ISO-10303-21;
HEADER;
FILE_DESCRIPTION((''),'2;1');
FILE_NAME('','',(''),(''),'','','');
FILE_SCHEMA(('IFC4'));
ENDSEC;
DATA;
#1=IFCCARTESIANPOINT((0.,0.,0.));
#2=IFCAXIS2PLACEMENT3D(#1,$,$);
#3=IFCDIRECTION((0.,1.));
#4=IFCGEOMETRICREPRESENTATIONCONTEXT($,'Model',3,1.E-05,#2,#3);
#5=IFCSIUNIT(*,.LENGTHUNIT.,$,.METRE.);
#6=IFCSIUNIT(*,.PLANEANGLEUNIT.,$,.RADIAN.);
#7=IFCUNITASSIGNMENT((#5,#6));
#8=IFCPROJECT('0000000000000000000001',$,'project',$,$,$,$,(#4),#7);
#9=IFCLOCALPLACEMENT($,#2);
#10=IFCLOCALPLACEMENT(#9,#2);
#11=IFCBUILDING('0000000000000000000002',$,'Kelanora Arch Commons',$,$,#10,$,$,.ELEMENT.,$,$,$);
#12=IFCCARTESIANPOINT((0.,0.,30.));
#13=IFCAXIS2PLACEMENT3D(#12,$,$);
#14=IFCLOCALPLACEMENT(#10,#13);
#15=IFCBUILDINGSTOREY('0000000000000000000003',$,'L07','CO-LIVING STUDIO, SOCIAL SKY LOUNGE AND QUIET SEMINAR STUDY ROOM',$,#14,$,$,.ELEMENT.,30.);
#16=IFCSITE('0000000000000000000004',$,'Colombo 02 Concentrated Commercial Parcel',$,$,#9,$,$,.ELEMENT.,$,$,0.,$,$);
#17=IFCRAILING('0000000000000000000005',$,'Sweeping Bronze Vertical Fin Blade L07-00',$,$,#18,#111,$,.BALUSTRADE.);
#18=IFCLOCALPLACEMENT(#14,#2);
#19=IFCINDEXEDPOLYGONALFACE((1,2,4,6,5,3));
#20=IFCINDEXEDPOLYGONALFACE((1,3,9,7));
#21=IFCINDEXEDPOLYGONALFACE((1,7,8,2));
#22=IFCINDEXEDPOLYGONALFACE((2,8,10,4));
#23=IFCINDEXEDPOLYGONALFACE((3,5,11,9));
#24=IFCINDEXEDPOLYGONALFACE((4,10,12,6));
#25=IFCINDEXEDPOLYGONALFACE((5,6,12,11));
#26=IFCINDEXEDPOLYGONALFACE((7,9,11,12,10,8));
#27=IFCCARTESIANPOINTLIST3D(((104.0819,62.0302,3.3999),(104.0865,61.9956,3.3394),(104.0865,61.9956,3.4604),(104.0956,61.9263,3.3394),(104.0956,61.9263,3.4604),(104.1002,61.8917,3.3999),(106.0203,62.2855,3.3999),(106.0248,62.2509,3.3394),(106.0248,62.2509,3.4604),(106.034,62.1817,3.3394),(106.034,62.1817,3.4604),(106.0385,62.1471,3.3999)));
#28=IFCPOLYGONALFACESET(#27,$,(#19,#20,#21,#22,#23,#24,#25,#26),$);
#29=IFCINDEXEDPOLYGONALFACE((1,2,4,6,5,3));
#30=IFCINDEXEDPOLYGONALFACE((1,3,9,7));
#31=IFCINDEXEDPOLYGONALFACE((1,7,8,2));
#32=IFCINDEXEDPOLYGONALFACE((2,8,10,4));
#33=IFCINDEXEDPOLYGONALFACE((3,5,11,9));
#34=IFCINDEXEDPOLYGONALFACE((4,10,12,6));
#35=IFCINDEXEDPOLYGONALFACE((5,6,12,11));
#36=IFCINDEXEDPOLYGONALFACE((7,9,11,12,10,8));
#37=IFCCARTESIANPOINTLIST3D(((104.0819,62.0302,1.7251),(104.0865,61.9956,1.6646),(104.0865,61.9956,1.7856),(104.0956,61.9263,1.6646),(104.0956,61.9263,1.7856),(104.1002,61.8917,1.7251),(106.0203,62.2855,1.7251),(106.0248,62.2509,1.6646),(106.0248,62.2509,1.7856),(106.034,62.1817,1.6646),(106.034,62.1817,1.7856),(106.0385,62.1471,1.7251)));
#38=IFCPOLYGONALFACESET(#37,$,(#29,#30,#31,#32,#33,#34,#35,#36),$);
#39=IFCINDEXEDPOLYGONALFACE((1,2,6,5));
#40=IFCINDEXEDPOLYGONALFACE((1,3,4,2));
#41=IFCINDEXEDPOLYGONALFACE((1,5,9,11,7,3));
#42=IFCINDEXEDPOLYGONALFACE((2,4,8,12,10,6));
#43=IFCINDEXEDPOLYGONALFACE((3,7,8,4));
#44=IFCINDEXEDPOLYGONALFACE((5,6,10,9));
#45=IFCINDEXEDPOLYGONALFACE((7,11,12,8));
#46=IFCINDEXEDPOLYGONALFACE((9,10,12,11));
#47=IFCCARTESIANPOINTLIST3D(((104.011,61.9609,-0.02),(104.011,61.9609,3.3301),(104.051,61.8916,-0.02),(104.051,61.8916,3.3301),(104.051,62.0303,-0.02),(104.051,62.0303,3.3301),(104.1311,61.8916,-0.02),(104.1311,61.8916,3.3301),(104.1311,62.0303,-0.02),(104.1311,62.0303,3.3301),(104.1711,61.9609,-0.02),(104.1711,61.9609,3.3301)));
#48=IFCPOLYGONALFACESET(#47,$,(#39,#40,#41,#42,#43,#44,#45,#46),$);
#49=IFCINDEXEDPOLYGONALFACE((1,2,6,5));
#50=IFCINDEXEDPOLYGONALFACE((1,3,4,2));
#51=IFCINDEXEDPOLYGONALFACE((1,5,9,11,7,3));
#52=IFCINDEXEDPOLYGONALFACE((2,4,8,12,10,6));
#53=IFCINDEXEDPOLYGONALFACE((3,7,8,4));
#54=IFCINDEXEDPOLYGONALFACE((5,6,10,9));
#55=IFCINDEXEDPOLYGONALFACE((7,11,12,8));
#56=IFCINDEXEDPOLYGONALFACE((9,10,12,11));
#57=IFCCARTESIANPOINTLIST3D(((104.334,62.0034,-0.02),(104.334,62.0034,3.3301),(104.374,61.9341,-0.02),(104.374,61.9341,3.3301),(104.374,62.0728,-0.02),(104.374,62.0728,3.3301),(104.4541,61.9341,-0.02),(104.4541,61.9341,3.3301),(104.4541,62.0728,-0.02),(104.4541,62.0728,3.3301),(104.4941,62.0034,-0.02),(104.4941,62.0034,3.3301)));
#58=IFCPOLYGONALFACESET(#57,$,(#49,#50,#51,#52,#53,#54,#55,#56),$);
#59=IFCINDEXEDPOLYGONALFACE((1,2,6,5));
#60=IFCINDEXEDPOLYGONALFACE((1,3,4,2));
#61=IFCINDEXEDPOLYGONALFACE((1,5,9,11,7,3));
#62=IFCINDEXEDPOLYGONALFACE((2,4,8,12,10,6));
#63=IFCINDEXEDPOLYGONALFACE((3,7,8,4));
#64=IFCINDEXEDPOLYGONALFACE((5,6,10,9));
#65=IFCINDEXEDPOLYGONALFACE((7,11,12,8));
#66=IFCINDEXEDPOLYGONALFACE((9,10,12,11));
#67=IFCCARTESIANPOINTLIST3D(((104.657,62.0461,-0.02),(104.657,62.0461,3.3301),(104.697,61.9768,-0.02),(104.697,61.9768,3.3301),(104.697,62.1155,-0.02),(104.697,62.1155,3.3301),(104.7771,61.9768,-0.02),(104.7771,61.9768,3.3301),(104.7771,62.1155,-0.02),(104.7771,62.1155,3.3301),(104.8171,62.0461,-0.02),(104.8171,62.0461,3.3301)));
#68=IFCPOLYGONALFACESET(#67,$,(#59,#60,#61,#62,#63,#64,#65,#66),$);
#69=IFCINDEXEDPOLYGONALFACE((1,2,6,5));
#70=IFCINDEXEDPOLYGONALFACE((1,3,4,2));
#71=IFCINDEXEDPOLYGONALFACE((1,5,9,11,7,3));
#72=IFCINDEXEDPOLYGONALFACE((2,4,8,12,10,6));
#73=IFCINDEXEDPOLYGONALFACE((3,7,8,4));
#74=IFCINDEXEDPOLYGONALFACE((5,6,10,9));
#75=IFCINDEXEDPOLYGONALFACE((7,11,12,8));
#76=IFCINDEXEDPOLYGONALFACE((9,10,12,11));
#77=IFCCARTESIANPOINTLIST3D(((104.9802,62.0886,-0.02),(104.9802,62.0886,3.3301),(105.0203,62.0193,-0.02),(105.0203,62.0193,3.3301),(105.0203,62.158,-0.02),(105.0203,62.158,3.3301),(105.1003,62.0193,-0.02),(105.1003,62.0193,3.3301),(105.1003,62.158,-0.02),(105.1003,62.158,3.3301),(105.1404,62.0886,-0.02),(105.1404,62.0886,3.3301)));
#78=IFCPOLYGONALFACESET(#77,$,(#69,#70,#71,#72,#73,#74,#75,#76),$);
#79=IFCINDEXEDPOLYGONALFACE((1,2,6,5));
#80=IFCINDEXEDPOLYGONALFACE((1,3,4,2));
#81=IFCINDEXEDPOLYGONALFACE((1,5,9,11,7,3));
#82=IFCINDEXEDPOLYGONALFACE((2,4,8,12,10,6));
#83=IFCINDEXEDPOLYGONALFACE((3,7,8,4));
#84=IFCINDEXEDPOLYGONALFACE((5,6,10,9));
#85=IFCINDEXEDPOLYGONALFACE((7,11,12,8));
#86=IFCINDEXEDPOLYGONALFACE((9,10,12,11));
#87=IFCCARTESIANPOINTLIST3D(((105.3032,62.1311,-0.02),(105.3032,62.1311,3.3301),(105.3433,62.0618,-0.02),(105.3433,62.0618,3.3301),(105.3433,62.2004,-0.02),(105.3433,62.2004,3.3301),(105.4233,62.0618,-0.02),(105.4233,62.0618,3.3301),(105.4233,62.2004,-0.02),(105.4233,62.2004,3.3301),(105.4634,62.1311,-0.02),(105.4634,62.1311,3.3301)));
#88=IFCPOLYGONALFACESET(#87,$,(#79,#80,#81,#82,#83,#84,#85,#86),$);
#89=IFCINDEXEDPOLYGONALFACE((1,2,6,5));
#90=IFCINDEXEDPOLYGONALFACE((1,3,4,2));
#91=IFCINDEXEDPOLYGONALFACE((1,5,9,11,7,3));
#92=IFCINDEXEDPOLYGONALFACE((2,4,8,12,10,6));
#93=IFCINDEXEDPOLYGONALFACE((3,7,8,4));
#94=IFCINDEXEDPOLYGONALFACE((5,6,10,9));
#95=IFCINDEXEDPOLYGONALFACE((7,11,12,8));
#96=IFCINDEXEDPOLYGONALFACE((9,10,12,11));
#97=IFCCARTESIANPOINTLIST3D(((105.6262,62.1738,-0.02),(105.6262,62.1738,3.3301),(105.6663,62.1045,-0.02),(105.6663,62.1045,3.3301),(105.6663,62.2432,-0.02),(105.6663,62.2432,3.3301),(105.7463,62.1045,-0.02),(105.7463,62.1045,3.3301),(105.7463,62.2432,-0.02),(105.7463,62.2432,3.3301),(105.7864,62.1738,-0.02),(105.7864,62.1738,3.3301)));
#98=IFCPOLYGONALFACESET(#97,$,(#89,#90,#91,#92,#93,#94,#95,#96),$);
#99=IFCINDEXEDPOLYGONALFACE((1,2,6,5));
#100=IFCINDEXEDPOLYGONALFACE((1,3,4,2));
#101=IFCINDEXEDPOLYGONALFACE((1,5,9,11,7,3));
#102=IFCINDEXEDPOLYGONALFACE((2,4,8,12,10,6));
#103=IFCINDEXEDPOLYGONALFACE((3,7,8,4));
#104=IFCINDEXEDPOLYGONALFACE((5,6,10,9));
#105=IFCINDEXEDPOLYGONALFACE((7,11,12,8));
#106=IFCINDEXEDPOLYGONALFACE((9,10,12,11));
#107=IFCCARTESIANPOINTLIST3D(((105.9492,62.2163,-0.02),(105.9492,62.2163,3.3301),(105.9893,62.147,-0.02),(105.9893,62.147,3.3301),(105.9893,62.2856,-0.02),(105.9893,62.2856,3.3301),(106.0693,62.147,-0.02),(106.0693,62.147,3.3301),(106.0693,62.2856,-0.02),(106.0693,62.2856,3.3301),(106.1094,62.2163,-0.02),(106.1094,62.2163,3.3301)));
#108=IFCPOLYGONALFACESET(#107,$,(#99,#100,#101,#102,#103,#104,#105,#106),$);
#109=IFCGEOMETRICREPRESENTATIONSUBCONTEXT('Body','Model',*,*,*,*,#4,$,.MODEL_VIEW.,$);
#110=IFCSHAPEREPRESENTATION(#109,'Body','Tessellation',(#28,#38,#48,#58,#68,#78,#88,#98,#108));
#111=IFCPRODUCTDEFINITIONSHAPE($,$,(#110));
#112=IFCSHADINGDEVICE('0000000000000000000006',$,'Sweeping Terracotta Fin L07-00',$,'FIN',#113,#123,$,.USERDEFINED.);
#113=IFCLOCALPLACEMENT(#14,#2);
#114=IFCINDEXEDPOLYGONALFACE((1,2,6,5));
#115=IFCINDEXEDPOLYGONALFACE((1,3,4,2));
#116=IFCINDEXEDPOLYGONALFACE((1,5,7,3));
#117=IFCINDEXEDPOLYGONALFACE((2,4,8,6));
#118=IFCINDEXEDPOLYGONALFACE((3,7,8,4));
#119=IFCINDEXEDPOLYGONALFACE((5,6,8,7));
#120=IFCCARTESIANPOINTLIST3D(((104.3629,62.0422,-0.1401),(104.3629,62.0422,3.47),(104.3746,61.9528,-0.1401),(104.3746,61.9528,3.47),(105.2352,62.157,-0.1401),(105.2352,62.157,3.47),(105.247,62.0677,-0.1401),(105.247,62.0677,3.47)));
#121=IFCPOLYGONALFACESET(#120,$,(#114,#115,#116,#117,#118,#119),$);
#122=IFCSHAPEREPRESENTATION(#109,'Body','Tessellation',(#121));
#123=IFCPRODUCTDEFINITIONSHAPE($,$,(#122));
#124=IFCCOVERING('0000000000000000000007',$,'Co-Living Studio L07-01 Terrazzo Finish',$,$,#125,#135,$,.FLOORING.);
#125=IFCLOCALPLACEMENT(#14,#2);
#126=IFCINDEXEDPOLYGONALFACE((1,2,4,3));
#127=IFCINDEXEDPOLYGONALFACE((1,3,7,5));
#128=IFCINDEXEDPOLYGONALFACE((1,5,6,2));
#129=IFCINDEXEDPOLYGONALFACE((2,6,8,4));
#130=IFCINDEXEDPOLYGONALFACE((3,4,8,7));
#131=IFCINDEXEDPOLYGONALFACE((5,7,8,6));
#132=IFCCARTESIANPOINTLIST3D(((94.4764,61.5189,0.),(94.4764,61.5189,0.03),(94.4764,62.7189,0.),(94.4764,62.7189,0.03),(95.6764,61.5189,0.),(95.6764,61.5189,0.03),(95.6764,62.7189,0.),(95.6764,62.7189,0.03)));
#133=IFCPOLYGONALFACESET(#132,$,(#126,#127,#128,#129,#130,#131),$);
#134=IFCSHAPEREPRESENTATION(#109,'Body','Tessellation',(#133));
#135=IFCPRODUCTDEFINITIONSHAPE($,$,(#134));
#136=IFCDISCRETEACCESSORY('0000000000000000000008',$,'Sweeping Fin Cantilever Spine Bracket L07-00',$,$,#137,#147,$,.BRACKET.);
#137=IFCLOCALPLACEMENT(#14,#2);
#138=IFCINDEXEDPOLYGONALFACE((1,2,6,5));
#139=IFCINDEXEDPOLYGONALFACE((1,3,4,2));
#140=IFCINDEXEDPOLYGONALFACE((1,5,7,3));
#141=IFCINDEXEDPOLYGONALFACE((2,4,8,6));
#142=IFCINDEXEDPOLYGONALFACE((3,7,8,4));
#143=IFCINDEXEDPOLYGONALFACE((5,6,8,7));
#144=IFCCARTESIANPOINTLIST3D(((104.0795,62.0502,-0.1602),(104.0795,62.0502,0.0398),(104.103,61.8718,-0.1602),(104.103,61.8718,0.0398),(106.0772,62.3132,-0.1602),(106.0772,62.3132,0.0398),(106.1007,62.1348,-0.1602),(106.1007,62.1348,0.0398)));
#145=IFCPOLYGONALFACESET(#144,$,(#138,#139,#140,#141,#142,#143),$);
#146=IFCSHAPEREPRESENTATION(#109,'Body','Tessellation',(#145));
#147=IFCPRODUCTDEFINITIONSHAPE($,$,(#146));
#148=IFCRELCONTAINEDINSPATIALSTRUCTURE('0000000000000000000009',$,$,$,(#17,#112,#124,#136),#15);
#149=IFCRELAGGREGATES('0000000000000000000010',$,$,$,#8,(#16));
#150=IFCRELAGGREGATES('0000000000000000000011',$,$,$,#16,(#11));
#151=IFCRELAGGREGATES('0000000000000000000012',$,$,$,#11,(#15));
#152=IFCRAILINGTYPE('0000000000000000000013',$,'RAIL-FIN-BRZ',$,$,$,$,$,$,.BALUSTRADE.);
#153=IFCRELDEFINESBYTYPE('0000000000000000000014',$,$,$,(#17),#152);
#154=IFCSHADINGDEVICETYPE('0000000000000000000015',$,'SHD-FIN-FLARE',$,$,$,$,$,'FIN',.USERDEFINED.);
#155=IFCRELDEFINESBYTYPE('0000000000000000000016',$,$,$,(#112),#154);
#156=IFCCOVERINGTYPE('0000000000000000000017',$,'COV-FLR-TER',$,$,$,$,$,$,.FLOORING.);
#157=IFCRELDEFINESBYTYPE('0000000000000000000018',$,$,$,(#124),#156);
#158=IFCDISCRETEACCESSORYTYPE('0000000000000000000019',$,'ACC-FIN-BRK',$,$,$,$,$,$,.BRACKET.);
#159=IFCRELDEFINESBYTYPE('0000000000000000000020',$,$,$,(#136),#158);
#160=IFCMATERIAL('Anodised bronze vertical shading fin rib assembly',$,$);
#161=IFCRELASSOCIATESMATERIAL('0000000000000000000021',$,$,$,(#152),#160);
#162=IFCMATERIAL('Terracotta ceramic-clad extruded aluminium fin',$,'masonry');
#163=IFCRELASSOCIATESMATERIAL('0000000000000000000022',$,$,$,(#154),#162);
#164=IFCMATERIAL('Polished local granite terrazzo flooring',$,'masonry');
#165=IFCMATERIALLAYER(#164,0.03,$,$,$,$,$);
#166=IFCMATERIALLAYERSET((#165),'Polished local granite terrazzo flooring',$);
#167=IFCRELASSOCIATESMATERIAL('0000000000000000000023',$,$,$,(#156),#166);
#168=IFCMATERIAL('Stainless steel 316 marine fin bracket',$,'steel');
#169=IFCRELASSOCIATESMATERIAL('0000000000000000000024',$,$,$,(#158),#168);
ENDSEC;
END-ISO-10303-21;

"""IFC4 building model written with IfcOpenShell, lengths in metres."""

from ifc_helpers import new_model, si_unit, direction, frame, origin, origin_2d, place, context, subcontext, project, spatial, polyline, rectangle, outline, extrude, source, transform, mapped, material, layer, layer_set, type_object, element, save


model = new_model("IFC4")

# Units and contexts
model_context = context("Model", 3, precision=1e-05, world=origin(), true_north=direction((0.0, 1.0)))
body_context = subcontext(model_context, "Body", "Model", "MODEL_VIEW")
ifc_project = project(units=[si_unit("LENGTHUNIT", "METRE"), si_unit("PLANEANGLEUNIT", "RADIAN")], contexts=[model_context])

# Site, building, storey
site_placement = place(None, origin())
site = spatial("IfcSite", under=ifc_project, at=site_placement, Name="Colombo 02 Concentrated Commercial Parcel", CompositionType="ELEMENT", RefElevation=0.0)
building_placement = place(site_placement, origin())
building = spatial("IfcBuilding", under=site, at=building_placement, Name="Kelanora Arch Commons", CompositionType="ELEMENT")
storey_placement = place(building_placement, frame((0.0, 0.0, 30.0)))
storey = spatial("IfcBuildingStorey", under=building, at=storey_placement, Name="L07", Description="CO-LIVING STUDIO, SOCIAL SKY LOUNGE AND QUIET SEMINAR STUDY ROOM", CompositionType="ELEMENT", Elevation=30.0)

# Railing
ifc_material_1 = material(Name="Anodised bronze vertical shading fin rib assembly")
railing_type_1 = type_object("IfcRailingType", Name="RAIL-FIN-BRZ", PredefinedType="BALUSTRADE", material=ifc_material_1)
railing_1_placement = place(storey_placement, frame((104.0911, 61.9609, -0.02)))
element("IfcRailing", 1, at=railing_1_placement, inside=storey, type_object=railing_type_1, Name="Sweeping Bronze Vertical Fin Blade L07-00", PredefinedType="BALUSTRADE", context=body_context, shape_type="SweptSolid", body=[
    extrude(outline(polyline([(0.0698, 0.0), (0.0349, 0.0605), (-0.0349, 0.0605), (-0.0698, 0.0), (-0.0349, -0.0605), (0.0349, -0.0605), (0.0698, 0.0)])), frame((0.0, 0.0, 3.4199), z_axis=(0.991432, 0.130626, 0.0), x_axis=(-0.130626, 0.991432, 0.0)), (0.0, 0.0, 1.0), 1.9551),
    extrude(outline(polyline([(0.0698, 0.0), (0.0349, 0.0605), (-0.0349, 0.0605), (-0.0698, 0.0), (-0.0349, -0.0605), (0.0349, -0.0605), (0.0698, 0.0)])), frame((0.0, 0.0, 1.7451), z_axis=(0.991432, 0.130626, 0.0), x_axis=(-0.130626, 0.991432, 0.0)), (0.0, 0.0, 1.0), 1.9551),
    extrude(outline(polyline([(0.0801, 0.0), (0.04, 0.0693), (-0.04, 0.0693), (-0.0801, 0.0), (-0.04, -0.0693), (0.04, -0.0693), (0.0801, 0.0)])), origin(), (0.0, 0.0, 1.0), 3.3501),
    extrude(outline(polyline([(0.0801, 0.0), (0.04, 0.0693), (-0.04, 0.0693), (-0.0801, 0.0), (-0.04, -0.0693), (0.04, -0.0693), (0.0801, 0.0)])), frame((0.323, 0.0425, 0.0)), (0.0, 0.0, 1.0), 3.3501),
    extrude(outline(polyline([(0.0801, 0.0), (0.04, 0.0693), (-0.04, 0.0693), (-0.0801, 0.0), (-0.04, -0.0693), (0.04, -0.0693), (0.0801, 0.0)])), frame((0.646, 0.0852, 0.0)), (0.0, 0.0, 1.0), 3.3501),
    extrude(outline(polyline([(0.0801, 0.0), (0.04, 0.0693), (-0.04, 0.0693), (-0.0801, 0.0), (-0.04, -0.0693), (0.04, -0.0693), (0.0801, 0.0)])), frame((0.9692, 0.1277, 0.0)), (0.0, 0.0, 1.0), 3.3501),
    extrude(outline(polyline([(0.0801, 0.0), (0.04, 0.0693), (-0.04, 0.0693), (-0.0801, 0.0), (-0.04, -0.0693), (0.04, -0.0693), (0.0801, 0.0)])), frame((1.2922, 0.1702, 0.0)), (0.0, 0.0, 1.0), 3.3501),
    extrude(outline(polyline([(0.0801, 0.0), (0.04, 0.0693), (-0.04, 0.0693), (-0.0801, 0.0), (-0.04, -0.0693), (0.04, -0.0693), (0.0801, 0.0)])), frame((1.6152, 0.2129, 0.0)), (0.0, 0.0, 1.0), 3.3501),
    extrude(outline(polyline([(0.0801, 0.0), (0.04, 0.0693), (-0.04, 0.0693), (-0.0801, 0.0), (-0.04, -0.0693), (0.04, -0.0693), (0.0801, 0.0)])), frame((1.9382, 0.2554, 0.0)), (0.0, 0.0, 1.0), 3.3501),
])

# Shading device
ifc_material_2 = material(Name="Terracotta ceramic-clad extruded aluminium fin", Category="masonry")
shading_device_type = type_object("IfcShadingDeviceType", Name="SHD-FIN-FLARE", ElementType="FIN", PredefinedType="USERDEFINED", material=ifc_material_2)
shared_shape_1 = source(origin(), body_context, "Body", "SweptSolid", [
    extrude(rectangle(XDim=0.8799, YDim=0.0901, at=origin_2d()), origin(), (0.0, 0.0, 1.0), 3.6101),
])
shading_device_placement = place(storey_placement, frame((104.8049, 62.0549, -0.1401), z_axis=(0.0, 0.0, 1.0), x_axis=(0.991445, 0.130526, 0.0)))
element("IfcShadingDevice", 2, at=shading_device_placement, inside=storey, type_object=shading_device_type, Name="Sweeping Terracotta Fin L07-00", ObjectType="FIN", PredefinedType="USERDEFINED", context=body_context, shape_type="MappedRepresentation", body=[
    mapped(shared_shape_1, transform((0.0, 0.0, 0.0), scale=1.0)),
])

# Covering
ifc_material_3 = material(Name="Polished local granite terrazzo flooring", Category="masonry")
ifc_layer_1 = layer(ifc_material_3, 0.03)
ifc_layer_set_1 = layer_set([ifc_layer_1], Name="Polished local granite terrazzo flooring")
covering_type = type_object("IfcCoveringType", Name="COV-FLR-TER", PredefinedType="FLOORING", material=ifc_layer_set_1)
shared_shape_2 = source(origin(), body_context, "Body", "SweptSolid", [
    extrude(rectangle(XDim=1.2, YDim=1.2, at=origin_2d()), origin(), (0.0, 0.0, 1.0), 0.03),
])
covering_placement = place(storey_placement, frame((95.0764, 62.1189, 0.0), z_axis=(0.0, 0.0, 1.0), x_axis=(1.0, 0.0, 0.0)))
element("IfcCovering", 3, at=covering_placement, inside=storey, type_object=covering_type, Name="Co-Living Studio L07-01 Terrazzo Finish", PredefinedType="FLOORING", context=body_context, shape_type="MappedRepresentation", body=[
    mapped(shared_shape_2, transform((0.0, 0.0, 0.0), scale=1.0)),
])

# Discrete accessory
ifc_material_4 = material(Name="Stainless steel 316 marine fin bracket", Category="steel")
discrete_accessory_type = type_object("IfcDiscreteAccessoryType", Name="ACC-FIN-BRK", PredefinedType="BRACKET", material=ifc_material_4)
shared_shape_3 = source(origin(), body_context, "Body", "SweptSolid", [
    extrude(rectangle(XDim=2.0149, YDim=0.1799, at=origin_2d()), origin(), (0.0, 0.0, 1.0), 0.2),
])
discrete_accessory_placement = place(storey_placement, frame((105.0901, 62.0925, -0.1602), z_axis=(0.0, 0.0, 1.0), x_axis=(0.991445, 0.130526, 0.0)))
element("IfcDiscreteAccessory", 4, at=discrete_accessory_placement, inside=storey, type_object=discrete_accessory_type, Name="Sweeping Fin Cantilever Spine Bracket L07-00", PredefinedType="BRACKET", context=body_context, shape_type="MappedRepresentation", body=[
    mapped(shared_shape_3, transform((0.0, 0.0, 0.0), scale=1.0)),
])

save(model, "model.ifc")
